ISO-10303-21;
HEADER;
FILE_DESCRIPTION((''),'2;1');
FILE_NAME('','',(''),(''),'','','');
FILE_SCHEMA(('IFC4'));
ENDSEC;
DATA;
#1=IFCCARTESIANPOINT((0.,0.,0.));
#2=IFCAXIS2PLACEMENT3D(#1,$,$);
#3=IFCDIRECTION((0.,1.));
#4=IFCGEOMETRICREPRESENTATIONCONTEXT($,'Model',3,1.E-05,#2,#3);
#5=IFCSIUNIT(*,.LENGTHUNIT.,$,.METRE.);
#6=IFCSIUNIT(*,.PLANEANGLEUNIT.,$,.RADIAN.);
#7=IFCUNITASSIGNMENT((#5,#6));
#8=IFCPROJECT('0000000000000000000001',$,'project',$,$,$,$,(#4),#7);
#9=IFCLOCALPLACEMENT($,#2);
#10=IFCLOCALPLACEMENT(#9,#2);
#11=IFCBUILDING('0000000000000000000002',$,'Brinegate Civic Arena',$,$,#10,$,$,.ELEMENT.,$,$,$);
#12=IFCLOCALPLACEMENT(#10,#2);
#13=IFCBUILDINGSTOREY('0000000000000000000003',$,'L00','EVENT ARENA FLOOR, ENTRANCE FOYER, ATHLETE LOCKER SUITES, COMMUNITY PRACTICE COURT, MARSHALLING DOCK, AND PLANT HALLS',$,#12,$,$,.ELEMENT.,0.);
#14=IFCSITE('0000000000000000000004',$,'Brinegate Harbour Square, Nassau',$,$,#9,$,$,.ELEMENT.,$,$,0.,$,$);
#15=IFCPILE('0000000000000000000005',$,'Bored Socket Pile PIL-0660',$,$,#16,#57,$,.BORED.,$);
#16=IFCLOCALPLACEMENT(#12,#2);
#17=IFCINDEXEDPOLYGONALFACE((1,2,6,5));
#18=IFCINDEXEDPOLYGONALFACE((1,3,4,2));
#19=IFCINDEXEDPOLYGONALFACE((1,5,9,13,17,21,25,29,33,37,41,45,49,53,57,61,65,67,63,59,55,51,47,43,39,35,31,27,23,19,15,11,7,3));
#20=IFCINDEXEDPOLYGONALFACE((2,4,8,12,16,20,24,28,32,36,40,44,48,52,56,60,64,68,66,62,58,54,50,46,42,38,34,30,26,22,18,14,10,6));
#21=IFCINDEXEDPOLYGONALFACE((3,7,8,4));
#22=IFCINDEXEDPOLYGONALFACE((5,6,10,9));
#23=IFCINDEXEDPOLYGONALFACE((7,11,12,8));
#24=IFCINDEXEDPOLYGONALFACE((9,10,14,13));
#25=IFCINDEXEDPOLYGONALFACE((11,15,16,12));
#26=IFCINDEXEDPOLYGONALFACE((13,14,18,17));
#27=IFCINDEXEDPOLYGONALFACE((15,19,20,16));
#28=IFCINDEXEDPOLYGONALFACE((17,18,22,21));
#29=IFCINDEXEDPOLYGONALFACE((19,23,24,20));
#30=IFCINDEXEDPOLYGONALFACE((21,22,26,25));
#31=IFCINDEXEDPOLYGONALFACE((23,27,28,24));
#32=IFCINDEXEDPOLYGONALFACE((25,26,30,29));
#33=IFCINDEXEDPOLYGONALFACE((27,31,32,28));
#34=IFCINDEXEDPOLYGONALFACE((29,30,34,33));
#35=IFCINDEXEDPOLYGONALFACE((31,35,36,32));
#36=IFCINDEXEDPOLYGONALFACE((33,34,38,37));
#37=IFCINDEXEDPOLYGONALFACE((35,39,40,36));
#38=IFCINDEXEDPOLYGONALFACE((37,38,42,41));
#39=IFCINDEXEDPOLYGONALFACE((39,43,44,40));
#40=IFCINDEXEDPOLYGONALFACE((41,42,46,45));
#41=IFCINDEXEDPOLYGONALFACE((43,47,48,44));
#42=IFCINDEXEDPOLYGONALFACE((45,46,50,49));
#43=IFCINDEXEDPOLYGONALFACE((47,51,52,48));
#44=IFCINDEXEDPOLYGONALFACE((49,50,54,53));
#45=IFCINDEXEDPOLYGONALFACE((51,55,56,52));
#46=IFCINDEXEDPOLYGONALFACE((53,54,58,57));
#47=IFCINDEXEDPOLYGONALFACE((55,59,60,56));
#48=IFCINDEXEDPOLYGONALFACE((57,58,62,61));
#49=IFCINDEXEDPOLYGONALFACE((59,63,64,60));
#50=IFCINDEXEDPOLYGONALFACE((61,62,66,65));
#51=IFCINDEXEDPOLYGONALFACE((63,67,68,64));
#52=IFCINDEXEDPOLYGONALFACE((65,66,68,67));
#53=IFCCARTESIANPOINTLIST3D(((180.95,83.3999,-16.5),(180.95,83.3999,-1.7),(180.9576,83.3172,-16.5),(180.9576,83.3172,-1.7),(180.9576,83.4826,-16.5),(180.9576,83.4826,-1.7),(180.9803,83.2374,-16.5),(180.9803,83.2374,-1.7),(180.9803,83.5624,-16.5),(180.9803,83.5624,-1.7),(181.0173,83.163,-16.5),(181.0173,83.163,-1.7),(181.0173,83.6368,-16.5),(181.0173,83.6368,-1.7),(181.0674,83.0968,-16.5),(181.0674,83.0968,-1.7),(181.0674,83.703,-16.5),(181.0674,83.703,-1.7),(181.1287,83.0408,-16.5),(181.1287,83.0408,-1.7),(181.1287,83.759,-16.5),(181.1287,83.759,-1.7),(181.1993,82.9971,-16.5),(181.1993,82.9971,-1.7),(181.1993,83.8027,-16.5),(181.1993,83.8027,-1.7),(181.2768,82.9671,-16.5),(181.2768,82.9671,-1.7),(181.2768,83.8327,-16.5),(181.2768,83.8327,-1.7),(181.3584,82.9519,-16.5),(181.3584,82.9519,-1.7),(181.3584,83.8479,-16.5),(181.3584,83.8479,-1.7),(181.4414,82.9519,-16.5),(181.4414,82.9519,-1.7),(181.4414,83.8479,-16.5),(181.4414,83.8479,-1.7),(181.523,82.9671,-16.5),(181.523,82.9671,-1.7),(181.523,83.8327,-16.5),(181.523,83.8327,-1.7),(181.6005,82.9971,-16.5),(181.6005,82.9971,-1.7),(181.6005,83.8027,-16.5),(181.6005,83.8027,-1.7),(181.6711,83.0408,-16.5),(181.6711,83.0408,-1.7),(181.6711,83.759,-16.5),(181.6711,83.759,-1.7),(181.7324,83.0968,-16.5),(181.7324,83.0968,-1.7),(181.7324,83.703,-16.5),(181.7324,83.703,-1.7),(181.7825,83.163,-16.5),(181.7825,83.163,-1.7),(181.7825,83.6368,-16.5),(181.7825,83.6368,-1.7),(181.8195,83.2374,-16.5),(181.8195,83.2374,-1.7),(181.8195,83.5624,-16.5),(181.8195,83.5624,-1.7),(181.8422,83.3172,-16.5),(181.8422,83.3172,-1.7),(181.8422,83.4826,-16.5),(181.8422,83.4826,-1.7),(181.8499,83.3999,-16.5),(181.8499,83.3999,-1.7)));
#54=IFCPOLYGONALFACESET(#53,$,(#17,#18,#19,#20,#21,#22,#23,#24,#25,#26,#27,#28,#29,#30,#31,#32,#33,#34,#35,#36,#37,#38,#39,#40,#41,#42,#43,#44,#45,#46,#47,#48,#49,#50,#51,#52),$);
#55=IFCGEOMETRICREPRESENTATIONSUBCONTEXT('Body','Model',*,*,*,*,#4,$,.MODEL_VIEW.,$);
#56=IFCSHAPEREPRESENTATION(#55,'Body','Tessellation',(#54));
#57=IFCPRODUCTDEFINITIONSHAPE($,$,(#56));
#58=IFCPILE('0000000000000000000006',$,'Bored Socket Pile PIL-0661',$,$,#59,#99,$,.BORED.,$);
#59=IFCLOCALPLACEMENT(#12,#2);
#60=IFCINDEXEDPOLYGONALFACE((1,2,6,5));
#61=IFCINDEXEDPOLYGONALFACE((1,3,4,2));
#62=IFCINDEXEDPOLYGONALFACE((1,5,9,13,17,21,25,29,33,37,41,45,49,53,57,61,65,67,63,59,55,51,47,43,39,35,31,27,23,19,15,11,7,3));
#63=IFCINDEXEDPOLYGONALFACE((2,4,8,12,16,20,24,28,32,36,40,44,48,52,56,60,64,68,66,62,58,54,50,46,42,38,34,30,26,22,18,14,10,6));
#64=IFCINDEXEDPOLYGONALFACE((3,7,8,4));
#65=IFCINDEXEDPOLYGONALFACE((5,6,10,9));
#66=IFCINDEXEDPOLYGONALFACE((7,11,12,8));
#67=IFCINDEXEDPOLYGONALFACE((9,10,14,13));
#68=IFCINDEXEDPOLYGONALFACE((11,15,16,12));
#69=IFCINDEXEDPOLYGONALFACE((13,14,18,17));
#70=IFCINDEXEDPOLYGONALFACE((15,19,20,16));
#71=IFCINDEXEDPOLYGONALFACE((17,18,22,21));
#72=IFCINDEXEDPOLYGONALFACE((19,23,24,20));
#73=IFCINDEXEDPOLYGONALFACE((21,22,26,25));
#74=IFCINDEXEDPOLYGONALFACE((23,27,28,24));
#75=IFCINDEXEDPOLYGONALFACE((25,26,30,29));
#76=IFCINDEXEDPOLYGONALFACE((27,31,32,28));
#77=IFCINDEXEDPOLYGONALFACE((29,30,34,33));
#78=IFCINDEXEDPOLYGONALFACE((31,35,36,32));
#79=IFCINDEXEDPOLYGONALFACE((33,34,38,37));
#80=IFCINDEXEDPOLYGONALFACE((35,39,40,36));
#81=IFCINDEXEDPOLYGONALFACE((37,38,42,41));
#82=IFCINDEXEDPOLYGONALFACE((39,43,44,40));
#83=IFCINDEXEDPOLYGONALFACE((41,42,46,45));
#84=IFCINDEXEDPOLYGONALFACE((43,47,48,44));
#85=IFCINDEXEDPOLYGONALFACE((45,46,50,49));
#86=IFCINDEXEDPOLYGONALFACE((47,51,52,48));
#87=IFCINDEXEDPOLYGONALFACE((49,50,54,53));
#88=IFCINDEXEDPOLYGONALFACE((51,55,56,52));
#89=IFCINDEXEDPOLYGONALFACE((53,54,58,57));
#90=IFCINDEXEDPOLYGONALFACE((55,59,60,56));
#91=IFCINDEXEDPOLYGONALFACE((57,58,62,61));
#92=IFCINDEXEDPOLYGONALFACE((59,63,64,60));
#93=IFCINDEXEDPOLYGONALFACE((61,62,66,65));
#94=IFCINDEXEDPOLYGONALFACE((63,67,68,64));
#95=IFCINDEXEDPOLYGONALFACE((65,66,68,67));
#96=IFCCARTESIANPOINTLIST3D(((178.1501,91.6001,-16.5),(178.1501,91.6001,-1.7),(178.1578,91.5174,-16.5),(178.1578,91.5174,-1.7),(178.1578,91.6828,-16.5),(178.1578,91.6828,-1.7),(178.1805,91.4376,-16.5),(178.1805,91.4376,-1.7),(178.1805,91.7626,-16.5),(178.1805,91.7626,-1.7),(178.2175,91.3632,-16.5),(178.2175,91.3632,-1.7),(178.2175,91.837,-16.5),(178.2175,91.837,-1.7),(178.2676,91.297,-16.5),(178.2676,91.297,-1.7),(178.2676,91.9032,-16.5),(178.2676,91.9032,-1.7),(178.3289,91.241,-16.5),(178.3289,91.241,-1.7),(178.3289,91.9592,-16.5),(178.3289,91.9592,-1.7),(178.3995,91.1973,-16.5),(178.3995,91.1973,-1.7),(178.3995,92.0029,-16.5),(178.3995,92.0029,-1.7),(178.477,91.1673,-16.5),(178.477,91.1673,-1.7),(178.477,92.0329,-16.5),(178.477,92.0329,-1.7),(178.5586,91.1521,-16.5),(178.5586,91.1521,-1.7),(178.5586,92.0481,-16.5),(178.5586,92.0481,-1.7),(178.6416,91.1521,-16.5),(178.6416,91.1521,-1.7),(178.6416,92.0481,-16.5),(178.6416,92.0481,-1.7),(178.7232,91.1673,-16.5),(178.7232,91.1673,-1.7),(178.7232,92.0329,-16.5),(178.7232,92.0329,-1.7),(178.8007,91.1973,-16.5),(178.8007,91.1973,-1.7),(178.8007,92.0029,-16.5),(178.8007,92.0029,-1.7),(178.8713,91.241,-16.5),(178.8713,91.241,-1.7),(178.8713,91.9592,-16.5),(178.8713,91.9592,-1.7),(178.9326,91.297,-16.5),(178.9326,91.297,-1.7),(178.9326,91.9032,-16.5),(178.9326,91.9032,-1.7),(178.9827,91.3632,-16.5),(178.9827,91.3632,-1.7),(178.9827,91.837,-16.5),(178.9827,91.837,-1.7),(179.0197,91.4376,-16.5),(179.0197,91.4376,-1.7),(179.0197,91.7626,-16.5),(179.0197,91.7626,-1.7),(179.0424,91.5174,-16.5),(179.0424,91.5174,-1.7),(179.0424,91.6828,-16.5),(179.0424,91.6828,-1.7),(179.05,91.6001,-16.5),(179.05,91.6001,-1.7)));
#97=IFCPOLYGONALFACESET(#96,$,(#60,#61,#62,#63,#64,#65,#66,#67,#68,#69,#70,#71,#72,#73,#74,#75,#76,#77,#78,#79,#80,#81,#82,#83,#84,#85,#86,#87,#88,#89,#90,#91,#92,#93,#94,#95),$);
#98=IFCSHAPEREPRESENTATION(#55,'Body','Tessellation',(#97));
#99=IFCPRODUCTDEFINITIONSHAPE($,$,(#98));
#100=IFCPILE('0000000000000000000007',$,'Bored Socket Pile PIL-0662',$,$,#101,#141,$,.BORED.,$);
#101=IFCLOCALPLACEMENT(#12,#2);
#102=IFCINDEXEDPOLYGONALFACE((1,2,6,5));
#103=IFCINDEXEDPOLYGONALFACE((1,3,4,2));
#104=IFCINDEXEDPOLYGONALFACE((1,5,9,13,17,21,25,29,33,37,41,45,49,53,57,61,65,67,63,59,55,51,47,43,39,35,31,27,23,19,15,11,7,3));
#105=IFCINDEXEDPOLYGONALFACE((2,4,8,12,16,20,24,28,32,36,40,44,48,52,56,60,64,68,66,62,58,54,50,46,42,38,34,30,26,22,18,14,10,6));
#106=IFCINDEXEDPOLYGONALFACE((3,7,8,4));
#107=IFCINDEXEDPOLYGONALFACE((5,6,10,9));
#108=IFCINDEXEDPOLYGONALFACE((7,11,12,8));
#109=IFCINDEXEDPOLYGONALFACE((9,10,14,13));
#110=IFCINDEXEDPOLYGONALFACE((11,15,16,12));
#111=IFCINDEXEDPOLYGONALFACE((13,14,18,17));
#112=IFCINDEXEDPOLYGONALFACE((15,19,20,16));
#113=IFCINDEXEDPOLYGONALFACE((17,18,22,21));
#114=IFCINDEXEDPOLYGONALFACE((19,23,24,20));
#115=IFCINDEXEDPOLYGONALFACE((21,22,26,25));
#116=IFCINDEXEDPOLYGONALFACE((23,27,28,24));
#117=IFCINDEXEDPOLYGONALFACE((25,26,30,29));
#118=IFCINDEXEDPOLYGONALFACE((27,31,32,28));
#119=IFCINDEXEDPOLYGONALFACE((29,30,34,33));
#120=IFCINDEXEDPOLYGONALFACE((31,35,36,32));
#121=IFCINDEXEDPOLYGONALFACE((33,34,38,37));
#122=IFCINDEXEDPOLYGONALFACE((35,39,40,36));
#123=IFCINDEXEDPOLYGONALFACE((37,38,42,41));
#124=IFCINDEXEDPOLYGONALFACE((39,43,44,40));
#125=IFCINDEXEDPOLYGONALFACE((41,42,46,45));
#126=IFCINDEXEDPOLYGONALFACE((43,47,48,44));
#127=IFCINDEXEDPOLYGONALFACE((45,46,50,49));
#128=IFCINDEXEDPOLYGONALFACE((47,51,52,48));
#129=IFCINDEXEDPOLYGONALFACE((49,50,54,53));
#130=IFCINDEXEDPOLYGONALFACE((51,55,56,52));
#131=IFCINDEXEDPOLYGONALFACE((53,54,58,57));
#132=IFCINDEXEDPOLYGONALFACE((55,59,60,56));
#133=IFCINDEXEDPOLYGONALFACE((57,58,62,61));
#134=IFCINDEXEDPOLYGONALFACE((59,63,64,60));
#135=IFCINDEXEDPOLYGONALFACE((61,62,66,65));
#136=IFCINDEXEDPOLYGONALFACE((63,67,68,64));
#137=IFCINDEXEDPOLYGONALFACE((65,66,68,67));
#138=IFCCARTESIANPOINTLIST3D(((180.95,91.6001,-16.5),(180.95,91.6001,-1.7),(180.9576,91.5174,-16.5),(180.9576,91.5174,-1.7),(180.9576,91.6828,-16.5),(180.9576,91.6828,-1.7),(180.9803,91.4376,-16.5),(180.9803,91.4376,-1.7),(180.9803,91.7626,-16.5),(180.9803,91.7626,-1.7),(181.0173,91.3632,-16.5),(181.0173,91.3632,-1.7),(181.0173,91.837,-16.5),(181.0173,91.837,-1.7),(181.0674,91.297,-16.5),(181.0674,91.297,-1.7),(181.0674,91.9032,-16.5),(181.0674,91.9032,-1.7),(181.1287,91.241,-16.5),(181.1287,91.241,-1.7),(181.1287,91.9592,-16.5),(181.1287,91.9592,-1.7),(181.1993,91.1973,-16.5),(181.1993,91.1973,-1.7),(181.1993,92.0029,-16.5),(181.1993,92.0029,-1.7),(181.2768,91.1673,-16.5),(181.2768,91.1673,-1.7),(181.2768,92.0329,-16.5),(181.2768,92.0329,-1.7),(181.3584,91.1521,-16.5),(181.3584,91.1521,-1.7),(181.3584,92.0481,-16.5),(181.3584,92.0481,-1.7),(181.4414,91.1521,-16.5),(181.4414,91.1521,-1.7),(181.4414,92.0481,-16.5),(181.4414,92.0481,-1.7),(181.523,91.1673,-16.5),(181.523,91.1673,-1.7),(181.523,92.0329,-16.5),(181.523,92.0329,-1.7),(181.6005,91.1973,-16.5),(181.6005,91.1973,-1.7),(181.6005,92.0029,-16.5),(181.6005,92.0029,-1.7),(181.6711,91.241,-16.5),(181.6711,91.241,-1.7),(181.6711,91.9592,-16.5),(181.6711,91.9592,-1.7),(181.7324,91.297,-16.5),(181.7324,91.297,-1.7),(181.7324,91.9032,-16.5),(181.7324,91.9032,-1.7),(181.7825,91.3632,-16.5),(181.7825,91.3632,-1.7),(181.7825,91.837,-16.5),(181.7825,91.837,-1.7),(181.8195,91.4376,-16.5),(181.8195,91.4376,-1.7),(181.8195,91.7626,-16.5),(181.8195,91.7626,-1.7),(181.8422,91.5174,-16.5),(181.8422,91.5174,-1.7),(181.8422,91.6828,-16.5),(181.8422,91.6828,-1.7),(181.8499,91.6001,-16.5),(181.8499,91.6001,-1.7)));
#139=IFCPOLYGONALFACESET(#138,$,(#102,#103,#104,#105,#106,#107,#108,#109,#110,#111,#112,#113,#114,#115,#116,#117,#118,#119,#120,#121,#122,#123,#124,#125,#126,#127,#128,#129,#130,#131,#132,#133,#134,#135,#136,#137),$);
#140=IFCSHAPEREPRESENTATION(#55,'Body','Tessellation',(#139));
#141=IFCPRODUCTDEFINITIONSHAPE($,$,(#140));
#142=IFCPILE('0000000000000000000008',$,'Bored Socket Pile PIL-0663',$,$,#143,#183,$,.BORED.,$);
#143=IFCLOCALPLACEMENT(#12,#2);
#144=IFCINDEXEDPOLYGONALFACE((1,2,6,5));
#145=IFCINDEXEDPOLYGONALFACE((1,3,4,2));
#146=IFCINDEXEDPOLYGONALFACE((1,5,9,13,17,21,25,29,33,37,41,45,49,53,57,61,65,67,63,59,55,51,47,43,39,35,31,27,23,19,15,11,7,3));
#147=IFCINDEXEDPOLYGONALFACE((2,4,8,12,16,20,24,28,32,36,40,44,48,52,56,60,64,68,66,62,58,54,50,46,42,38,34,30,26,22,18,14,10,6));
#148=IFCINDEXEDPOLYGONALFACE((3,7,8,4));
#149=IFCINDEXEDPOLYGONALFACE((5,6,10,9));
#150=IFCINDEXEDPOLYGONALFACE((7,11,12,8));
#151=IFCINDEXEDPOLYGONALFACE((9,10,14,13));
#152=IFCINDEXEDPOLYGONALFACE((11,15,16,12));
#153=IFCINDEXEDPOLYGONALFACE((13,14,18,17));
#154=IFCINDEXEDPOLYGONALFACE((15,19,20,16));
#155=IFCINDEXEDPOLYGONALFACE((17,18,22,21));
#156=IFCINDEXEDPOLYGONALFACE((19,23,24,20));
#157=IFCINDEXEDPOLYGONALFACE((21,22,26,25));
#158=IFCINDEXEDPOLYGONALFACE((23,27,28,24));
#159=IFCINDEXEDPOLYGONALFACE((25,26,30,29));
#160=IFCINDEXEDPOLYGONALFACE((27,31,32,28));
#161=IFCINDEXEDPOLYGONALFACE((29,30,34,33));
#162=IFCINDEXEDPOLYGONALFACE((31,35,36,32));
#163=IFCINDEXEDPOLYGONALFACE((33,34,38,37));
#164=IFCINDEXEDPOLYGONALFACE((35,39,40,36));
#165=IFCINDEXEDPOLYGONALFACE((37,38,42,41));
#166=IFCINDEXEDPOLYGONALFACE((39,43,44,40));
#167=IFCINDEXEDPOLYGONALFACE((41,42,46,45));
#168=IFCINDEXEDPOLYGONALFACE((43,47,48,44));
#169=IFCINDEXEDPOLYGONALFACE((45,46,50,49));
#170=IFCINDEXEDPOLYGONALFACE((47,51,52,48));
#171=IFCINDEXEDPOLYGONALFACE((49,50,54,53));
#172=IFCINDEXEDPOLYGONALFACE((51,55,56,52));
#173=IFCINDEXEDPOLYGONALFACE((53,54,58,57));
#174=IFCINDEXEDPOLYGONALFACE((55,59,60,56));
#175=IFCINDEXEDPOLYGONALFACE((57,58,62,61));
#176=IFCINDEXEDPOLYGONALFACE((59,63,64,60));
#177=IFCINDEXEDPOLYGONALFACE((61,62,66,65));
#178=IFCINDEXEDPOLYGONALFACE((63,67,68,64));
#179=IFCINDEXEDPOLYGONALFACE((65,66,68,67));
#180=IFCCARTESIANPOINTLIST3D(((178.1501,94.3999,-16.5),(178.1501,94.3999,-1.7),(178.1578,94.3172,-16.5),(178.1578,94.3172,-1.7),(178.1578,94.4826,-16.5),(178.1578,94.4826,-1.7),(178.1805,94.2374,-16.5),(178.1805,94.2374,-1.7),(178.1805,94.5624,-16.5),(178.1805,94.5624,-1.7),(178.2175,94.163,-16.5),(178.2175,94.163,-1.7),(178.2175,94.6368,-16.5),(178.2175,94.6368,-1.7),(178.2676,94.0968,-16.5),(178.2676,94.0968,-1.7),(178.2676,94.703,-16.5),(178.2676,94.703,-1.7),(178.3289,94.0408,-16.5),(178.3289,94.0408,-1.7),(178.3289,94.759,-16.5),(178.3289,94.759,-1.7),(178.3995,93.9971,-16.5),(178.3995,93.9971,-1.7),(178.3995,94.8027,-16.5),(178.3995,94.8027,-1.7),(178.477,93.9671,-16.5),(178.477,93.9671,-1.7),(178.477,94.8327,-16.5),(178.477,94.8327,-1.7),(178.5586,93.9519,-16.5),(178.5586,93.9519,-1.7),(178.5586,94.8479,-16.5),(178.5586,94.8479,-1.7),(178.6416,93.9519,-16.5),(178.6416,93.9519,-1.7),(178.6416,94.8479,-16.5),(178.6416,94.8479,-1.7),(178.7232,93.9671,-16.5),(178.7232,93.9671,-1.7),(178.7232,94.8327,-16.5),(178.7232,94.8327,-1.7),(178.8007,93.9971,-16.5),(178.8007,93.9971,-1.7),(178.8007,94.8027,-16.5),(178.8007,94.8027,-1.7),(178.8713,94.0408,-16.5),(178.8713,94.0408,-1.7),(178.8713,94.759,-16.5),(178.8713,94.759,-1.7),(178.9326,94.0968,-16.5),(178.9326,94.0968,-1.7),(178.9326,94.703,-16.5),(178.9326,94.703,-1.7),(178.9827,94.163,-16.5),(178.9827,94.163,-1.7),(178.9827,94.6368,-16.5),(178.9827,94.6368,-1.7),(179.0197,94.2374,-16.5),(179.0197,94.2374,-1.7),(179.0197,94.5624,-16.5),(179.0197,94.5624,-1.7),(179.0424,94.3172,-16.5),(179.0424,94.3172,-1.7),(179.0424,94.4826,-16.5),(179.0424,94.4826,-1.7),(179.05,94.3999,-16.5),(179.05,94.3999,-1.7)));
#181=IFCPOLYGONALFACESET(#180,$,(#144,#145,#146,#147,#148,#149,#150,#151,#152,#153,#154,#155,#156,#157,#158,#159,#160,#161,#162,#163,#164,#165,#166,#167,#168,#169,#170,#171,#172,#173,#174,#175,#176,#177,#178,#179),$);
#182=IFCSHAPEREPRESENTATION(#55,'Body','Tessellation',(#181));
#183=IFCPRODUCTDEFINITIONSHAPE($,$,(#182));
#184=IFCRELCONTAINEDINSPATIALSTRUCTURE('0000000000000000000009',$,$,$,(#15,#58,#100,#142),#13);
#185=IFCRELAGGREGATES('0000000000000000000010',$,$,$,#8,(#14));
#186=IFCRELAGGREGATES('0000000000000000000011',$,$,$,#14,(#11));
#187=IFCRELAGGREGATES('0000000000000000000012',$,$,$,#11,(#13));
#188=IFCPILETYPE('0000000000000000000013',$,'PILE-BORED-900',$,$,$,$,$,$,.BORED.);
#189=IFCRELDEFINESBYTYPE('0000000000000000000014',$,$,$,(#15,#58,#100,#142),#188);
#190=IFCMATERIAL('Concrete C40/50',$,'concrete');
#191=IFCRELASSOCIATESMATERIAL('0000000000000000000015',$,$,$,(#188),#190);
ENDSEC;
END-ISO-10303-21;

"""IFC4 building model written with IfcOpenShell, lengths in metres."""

from ifc_helpers import new_model, si_unit, direction, frame, origin, origin_2d, place, context, subcontext, project, spatial, circle, extrude, material, material_profile, profile_set, type_object, element, save


model = new_model("IFC4")

# Units and contexts
model_context = context("Model", 3, precision=1e-05, world=origin(), true_north=direction((0.0, 1.0)))
body_context = subcontext(model_context, "Body", "Model", "MODEL_VIEW")
ifc_project = project(units=[si_unit("LENGTHUNIT", "METRE"), si_unit("PLANEANGLEUNIT", "RADIAN")], contexts=[model_context])

# Site, building, storey
site_placement = place(None, origin())
site = spatial("IfcSite", under=ifc_project, at=site_placement, Name="Brinegate Harbour Square, Nassau", CompositionType="ELEMENT", RefElevation=0.0)
building_placement = place(site_placement, origin())
building = spatial("IfcBuilding", under=site, at=building_placement, Name="Brinegate Civic Arena", CompositionType="ELEMENT")
storey_placement = place(building_placement, origin())
storey = spatial("IfcBuildingStorey", under=building, at=storey_placement, Name="L00", Description="EVENT ARENA FLOOR, ENTRANCE FOYER, ATHLETE LOCKER SUITES, COMMUNITY PRACTICE COURT, MARSHALLING DOCK, AND PLANT HALLS", CompositionType="ELEMENT", Elevation=0.0)

# Shared definitions
ifc_material_1 = material(Name="Concrete C40/50", Category="concrete")

# Piles
ifc_material_profile_1 = material_profile(ifc_material_1, circle(Radius=0.45, at=origin_2d()), Name="PILED900")
ifc_profile_set_1 = profile_set([ifc_material_profile_1], Name="Concrete C40/50")
pile_type_1 = type_object("IfcPileType", Name="PILE-BORED-900", PredefinedType="BORED", material=ifc_profile_set_1)
for number, where, z_axis, x_axis, name in (
    (1, (181.3999, 83.3999, -1.7), (0.0, 0.0, -1.0), (1.0, 0.0, 0.0), "Bored Socket Pile PIL-0660"),
    (2, (178.6001, 91.6001, -1.7), (0.0, 0.0, -1.0), (1.0, 0.0, 0.0), "Bored Socket Pile PIL-0661"),
    (3, (181.3999, 91.6001, -1.7), (0.0, 0.0, -1.0), (1.0, 0.0, 0.0), "Bored Socket Pile PIL-0662"),
    (4, (178.6001, 94.3999, -1.7), (0.0, 0.0, -1.0), (1.0, 0.0, 0.0), "Bored Socket Pile PIL-0663"),
):
    element("IfcPile", number, at=place(storey_placement, frame(where, z_axis=z_axis, x_axis=x_axis)), inside=storey, type_object=pile_type_1, Name=name, PredefinedType="BORED", context=body_context, shape_type="SweptSolid", body=[
        extrude(circle(Radius=0.45, at=origin_2d()), origin(), (0.0, 0.0, 1.0), 14.8),
    ])

save(model, "model.ifc")
